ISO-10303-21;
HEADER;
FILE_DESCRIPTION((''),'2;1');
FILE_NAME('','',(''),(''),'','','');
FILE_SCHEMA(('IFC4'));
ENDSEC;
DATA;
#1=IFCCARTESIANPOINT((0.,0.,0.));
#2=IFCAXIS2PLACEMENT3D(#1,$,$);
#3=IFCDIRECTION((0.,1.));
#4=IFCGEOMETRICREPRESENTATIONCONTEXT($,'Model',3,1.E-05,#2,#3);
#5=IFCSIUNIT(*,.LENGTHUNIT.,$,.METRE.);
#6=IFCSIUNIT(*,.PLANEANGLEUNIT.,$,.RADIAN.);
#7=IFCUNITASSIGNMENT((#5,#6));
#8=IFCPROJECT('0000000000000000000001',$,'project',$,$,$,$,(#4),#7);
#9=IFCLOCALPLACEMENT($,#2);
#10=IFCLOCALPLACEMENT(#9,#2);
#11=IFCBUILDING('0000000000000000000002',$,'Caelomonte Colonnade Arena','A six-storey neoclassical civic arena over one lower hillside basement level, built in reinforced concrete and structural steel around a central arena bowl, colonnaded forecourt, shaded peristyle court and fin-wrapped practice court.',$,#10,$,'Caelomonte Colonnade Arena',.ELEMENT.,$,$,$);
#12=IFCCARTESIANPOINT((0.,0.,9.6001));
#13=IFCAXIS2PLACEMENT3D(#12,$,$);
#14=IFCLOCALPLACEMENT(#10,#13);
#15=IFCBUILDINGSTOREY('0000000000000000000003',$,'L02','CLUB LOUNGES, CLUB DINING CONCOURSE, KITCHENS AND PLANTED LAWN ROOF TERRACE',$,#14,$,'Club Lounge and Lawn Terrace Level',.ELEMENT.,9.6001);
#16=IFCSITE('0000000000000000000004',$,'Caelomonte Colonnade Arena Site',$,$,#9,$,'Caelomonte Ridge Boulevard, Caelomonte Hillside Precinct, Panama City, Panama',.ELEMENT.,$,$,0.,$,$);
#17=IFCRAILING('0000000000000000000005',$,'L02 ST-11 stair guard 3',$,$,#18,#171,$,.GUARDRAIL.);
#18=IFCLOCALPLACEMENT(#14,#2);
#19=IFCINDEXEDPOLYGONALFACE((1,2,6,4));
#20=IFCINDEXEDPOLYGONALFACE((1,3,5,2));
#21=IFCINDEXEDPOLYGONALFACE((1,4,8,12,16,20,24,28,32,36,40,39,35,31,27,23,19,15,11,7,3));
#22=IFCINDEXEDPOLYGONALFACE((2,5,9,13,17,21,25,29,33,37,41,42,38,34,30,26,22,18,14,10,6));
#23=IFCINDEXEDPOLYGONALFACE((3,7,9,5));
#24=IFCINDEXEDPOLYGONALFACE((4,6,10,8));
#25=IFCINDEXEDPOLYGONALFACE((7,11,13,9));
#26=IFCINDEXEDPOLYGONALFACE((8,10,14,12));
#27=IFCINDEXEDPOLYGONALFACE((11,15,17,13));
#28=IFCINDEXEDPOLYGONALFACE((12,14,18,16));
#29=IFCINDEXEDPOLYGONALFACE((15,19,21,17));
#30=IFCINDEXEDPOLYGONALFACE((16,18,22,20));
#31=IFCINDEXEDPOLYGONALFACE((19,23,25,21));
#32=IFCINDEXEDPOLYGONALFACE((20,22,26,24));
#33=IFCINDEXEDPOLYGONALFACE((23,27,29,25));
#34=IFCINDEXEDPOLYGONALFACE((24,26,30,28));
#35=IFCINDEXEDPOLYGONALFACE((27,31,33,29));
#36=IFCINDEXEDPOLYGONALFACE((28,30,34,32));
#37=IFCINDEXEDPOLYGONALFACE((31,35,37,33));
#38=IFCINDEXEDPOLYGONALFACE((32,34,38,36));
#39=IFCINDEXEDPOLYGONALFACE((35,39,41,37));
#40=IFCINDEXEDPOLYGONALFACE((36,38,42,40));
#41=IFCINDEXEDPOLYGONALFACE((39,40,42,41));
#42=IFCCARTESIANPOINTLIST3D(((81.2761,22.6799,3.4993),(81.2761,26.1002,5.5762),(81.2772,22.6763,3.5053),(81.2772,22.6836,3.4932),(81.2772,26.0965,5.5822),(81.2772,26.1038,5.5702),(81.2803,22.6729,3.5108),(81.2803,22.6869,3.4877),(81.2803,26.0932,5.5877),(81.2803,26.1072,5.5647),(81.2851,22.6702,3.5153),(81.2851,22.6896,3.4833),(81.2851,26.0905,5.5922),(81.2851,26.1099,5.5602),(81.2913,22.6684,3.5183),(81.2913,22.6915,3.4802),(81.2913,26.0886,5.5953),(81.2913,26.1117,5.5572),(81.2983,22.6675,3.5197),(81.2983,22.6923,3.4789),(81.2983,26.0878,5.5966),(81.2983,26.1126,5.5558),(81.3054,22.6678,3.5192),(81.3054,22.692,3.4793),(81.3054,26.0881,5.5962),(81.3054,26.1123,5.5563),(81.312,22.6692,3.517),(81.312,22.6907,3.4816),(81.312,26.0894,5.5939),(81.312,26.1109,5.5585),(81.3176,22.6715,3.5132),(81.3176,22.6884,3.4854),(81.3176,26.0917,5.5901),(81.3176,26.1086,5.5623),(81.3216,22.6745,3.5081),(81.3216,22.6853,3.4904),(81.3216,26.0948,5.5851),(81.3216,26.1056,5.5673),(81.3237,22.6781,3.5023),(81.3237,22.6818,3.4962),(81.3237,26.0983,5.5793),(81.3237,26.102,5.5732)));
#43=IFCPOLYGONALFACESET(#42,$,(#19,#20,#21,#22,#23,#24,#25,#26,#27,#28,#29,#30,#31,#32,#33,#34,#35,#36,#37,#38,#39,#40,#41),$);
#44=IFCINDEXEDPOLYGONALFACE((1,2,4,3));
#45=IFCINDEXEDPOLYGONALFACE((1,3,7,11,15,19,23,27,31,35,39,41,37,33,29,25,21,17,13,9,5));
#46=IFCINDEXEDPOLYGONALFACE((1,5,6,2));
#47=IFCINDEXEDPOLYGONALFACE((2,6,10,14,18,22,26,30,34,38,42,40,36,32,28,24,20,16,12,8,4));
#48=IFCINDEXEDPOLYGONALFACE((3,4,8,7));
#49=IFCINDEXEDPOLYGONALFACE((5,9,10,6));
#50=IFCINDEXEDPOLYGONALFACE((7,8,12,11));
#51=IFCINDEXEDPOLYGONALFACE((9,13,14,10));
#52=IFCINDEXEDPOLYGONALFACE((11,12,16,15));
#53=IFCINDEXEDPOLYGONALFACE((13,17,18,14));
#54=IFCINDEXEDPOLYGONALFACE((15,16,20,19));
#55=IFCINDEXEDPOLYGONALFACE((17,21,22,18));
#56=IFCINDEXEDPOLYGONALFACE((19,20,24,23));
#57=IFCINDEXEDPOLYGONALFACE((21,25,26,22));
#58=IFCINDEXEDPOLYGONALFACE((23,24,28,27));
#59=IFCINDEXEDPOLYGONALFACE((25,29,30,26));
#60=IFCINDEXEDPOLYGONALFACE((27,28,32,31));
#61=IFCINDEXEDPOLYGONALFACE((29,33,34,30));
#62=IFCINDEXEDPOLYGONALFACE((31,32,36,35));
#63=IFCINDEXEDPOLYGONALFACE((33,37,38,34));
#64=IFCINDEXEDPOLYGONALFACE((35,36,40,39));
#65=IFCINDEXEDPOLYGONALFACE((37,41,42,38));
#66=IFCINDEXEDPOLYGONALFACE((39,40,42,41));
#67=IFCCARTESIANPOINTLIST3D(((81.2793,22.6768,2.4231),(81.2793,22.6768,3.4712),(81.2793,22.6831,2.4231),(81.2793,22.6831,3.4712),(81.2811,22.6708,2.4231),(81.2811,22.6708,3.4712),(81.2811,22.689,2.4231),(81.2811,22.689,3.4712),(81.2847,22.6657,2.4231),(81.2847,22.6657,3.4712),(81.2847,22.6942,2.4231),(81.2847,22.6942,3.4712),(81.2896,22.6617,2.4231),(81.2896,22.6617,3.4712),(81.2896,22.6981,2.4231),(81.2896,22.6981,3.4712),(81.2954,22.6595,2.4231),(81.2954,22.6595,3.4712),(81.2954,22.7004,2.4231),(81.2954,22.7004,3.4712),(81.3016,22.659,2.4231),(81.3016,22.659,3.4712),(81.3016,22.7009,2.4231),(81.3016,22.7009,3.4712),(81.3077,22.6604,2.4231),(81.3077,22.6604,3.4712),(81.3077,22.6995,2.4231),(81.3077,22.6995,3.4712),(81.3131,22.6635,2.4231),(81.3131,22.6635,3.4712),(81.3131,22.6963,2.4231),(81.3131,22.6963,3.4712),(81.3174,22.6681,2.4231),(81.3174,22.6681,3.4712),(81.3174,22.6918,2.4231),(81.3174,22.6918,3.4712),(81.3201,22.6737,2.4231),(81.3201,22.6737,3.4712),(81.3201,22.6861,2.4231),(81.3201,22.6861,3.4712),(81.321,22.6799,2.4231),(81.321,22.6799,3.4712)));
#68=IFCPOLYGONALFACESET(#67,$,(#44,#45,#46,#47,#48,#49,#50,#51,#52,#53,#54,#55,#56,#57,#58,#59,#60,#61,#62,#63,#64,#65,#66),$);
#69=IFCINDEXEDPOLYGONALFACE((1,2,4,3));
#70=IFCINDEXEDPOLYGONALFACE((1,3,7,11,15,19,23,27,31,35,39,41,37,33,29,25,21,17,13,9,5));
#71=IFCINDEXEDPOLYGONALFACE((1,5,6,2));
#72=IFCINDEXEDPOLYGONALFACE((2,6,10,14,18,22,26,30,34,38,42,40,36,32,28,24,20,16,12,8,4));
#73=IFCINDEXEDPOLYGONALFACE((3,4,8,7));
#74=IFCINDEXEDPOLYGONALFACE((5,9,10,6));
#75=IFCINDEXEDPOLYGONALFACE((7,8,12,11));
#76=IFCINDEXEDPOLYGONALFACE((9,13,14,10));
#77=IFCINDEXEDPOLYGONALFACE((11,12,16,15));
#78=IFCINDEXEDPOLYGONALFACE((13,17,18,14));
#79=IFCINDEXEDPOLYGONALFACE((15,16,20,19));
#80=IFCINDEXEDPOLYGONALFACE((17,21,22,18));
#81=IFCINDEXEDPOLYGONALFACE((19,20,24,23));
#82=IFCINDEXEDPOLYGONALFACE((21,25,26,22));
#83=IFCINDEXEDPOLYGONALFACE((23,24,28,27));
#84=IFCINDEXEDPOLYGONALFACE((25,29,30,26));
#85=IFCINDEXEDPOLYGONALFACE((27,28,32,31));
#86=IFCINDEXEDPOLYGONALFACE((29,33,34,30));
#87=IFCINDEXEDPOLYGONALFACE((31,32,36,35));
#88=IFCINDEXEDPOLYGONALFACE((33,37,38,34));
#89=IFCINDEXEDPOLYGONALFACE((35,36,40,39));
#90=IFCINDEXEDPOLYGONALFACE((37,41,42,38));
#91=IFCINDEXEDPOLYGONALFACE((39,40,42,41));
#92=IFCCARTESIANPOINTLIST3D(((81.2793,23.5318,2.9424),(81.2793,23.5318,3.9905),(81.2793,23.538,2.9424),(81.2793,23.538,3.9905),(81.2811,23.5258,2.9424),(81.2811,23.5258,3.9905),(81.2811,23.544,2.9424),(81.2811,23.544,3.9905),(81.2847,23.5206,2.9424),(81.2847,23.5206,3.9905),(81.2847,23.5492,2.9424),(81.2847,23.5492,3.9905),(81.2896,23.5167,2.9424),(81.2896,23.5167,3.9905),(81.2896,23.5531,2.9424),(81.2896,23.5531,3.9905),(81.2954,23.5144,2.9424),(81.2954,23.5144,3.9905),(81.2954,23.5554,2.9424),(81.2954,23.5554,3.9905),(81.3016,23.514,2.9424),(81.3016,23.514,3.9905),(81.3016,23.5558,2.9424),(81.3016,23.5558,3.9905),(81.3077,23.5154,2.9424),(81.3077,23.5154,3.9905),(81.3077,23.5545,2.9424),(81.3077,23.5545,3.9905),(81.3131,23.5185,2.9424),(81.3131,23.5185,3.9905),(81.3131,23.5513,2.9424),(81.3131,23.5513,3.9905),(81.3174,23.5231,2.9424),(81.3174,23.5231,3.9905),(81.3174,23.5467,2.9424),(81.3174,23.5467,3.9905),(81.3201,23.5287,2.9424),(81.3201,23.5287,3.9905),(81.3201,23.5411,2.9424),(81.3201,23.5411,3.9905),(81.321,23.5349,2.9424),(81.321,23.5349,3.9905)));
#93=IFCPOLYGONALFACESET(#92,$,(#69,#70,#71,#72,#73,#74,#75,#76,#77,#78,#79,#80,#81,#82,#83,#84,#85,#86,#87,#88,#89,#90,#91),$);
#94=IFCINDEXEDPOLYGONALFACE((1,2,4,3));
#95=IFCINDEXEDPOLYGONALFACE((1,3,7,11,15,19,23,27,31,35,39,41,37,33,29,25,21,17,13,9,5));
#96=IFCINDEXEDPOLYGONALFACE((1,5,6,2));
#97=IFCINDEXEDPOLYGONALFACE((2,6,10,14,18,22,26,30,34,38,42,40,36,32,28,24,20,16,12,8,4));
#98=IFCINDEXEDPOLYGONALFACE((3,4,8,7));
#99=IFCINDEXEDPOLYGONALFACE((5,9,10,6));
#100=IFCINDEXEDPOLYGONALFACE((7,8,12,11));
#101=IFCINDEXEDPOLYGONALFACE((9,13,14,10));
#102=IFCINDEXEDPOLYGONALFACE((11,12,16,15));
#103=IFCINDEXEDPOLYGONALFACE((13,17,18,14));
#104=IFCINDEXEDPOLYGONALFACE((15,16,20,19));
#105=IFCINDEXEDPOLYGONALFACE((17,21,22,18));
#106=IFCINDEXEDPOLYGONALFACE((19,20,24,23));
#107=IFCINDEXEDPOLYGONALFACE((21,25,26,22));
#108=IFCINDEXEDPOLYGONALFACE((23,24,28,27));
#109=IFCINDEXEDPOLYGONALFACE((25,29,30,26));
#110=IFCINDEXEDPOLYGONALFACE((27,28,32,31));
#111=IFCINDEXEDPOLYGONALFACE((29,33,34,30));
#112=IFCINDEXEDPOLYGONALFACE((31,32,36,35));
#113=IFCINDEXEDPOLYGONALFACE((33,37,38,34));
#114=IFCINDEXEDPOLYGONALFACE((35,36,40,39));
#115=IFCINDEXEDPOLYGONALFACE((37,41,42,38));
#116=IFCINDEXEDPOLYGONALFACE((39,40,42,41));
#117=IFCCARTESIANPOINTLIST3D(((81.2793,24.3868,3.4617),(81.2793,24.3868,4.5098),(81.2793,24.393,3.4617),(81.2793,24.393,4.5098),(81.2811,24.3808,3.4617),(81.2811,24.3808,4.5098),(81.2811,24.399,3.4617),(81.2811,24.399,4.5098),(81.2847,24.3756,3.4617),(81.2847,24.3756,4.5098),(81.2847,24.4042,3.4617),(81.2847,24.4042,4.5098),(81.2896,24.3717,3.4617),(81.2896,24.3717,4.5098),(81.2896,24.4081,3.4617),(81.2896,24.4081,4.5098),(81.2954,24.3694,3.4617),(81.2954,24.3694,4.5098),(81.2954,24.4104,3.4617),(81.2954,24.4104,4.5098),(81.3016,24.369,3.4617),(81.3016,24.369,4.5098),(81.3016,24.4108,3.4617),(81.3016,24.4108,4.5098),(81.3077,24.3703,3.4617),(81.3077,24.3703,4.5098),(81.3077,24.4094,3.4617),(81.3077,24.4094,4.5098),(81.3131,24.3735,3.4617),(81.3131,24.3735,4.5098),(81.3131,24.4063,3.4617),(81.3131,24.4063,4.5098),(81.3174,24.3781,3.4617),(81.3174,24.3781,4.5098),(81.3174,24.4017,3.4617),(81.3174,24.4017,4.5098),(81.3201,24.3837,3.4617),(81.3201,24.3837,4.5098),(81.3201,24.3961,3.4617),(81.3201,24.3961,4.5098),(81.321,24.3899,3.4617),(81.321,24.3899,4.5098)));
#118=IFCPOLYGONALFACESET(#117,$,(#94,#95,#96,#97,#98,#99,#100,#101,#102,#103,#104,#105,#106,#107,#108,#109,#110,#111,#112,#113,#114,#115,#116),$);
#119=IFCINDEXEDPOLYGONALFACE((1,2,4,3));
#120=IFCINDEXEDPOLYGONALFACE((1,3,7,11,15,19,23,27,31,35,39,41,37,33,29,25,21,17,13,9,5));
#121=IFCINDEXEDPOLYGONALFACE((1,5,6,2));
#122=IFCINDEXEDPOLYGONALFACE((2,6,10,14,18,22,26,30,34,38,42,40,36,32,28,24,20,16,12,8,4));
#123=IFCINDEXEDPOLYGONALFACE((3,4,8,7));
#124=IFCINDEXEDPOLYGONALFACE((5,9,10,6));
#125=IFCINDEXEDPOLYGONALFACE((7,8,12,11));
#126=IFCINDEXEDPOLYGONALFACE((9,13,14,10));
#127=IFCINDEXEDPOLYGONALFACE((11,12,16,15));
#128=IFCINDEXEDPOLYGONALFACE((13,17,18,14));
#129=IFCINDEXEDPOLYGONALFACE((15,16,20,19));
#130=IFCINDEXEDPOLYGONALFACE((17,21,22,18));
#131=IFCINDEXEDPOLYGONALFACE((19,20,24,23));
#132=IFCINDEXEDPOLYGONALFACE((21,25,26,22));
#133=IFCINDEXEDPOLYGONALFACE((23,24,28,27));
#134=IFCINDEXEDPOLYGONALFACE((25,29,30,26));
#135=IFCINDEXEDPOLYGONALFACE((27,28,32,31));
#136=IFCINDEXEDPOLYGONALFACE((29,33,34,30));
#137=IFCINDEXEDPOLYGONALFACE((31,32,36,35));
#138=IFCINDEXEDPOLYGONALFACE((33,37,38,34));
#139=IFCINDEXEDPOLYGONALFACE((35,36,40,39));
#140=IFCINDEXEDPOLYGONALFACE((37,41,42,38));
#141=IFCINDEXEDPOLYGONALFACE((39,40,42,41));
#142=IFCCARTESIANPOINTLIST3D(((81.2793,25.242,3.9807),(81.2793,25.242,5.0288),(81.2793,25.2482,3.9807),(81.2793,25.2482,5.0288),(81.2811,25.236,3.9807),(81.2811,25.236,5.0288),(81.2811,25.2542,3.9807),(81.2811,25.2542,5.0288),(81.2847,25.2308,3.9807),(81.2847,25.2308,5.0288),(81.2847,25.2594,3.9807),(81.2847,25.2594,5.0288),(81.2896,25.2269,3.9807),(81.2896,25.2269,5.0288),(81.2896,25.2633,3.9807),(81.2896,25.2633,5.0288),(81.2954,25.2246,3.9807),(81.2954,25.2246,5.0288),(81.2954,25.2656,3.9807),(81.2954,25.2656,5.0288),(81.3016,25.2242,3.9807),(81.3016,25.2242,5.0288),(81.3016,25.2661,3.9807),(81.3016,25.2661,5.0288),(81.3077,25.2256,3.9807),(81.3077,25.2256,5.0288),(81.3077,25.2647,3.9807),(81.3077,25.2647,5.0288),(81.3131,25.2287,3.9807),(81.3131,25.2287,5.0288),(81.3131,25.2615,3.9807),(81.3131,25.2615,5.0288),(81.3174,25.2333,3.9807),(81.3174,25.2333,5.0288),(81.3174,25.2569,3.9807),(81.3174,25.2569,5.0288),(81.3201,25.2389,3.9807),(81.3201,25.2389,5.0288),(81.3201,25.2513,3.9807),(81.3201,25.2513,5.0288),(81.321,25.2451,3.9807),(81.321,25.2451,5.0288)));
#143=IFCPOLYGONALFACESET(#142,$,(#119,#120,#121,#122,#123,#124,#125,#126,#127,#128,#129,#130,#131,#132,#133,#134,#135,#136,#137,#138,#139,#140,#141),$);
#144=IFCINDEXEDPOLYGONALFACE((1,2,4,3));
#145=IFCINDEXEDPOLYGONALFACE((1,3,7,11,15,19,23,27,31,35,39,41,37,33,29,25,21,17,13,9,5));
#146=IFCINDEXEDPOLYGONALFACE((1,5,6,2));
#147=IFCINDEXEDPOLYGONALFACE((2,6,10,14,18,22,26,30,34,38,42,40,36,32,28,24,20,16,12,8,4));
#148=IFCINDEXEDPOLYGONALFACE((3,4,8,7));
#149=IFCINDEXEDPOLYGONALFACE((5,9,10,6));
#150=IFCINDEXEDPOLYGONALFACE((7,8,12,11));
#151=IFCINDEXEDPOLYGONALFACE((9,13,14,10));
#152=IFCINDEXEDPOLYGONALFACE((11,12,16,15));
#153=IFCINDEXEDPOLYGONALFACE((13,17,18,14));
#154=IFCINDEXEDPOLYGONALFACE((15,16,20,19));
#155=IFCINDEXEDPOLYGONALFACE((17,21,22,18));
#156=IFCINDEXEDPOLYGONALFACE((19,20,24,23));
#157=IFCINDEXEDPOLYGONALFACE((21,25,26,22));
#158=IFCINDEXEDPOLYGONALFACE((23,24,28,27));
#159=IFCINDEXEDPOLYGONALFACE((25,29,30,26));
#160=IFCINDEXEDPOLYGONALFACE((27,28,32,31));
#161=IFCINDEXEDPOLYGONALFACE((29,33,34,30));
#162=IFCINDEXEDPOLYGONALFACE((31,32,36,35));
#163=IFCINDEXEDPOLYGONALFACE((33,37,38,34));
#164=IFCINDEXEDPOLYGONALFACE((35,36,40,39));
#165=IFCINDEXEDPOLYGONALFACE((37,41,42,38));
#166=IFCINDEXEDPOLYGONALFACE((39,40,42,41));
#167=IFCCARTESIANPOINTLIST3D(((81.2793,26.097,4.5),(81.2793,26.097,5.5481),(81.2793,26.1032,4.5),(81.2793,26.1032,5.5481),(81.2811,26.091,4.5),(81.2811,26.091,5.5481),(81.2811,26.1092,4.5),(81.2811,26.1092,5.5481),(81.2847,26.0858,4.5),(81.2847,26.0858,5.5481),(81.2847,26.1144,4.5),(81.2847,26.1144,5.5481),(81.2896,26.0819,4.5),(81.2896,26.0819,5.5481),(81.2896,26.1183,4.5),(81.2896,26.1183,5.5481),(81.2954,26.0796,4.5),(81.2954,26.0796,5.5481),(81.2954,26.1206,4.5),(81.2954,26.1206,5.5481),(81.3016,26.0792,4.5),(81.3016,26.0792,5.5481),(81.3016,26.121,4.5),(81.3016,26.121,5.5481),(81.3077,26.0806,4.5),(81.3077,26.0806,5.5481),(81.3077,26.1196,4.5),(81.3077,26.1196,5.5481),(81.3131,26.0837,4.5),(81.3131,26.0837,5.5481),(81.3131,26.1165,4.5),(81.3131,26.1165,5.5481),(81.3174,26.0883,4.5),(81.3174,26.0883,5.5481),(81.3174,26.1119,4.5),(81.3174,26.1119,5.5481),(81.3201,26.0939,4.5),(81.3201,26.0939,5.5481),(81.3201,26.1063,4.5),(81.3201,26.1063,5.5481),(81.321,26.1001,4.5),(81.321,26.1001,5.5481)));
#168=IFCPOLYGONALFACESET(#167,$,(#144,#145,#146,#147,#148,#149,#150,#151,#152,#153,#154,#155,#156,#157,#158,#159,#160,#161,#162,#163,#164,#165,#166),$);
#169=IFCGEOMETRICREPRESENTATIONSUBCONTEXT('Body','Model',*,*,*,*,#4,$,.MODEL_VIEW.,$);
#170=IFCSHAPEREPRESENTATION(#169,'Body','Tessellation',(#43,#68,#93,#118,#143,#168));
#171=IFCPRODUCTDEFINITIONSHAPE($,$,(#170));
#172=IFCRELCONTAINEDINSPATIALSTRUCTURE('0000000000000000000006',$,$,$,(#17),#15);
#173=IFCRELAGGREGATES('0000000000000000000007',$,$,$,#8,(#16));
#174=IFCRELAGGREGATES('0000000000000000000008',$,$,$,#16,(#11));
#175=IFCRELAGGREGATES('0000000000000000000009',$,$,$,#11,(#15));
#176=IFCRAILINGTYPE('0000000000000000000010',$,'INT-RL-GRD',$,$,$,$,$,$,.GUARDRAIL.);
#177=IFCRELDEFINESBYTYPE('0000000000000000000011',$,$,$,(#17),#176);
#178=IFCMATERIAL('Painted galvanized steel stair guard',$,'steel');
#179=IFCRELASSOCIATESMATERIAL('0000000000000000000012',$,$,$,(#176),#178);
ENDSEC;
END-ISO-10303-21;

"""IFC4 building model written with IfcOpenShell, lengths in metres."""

from ifc_helpers import new_model, si_unit, direction, frame, origin, origin_2d, place, context, subcontext, project, spatial, circle, extrude, material, type_object, element, save


model = new_model("IFC4")

# Units and contexts
model_context = context("Model", 3, precision=1e-05, world=origin(), true_north=direction((0.0, 1.0)))
body_context = subcontext(model_context, "Body", "Model", "MODEL_VIEW")
ifc_project = project(units=[si_unit("LENGTHUNIT", "METRE"), si_unit("PLANEANGLEUNIT", "RADIAN")], contexts=[model_context])

# Site, building, storey
site_placement = place(None, origin())
site = spatial("IfcSite", under=ifc_project, at=site_placement, Name="Caelomonte Colonnade Arena Site", LongName="Caelomonte Ridge Boulevard, Caelomonte Hillside Precinct, Panama City, Panama", CompositionType="ELEMENT", RefElevation=0.0)
building_placement = place(site_placement, origin())
building = spatial("IfcBuilding", under=site, at=building_placement, Name="Caelomonte Colonnade Arena", Description="A six-storey neoclassical civic arena over one lower hillside basement level, built in reinforced concrete and structural steel around a central arena bowl, colonnaded forecourt, shaded peristyle court and fin-wrapped practice court.", LongName="Caelomonte Colonnade Arena", CompositionType="ELEMENT")
storey_placement = place(building_placement, frame((0.0, 0.0, 9.6001)))
storey = spatial("IfcBuildingStorey", under=building, at=storey_placement, Name="L02", Description="CLUB LOUNGES, CLUB DINING CONCOURSE, KITCHENS AND PLANTED LAWN ROOF TERRACE", LongName="Club Lounge and Lawn Terrace Level", CompositionType="ELEMENT", Elevation=9.6001)

# Railing
ifc_material_1 = material(Name="Painted galvanized steel stair guard", Category="steel")
railing_type_1 = type_object("IfcRailingType", Name="INT-RL-GRD", PredefinedType="GUARDRAIL", material=ifc_material_1)
railing_1_placement = place(storey_placement, frame((81.3, 22.6799, 2.4231)))
element("IfcRailing", 1, at=railing_1_placement, inside=storey, type_object=railing_type_1, Name="L02 ST-11 stair guard 3", PredefinedType="GUARDRAIL", context=body_context, shape_type="SweptSolid", body=[
    extrude(circle(Radius=0.0239, at=origin_2d()), frame((0.0, 0.0, 1.0762), z_axis=(0.0, 0.854746, 0.519047), x_axis=(-1.0, 0.0, 0.0)), (0.0, 0.0, 1.0), 4.0015),
    extrude(circle(Radius=0.021, at=origin_2d()), origin(), (0.0, 0.0, 1.0), 1.0481),
    extrude(circle(Radius=0.021, at=origin_2d()), frame((0.0, 0.855, 0.5193)), (0.0, 0.0, 1.0), 1.0481),
    extrude(circle(Radius=0.021, at=origin_2d()), frame((0.0, 1.71, 1.0386)), (0.0, 0.0, 1.0), 1.0481),
    extrude(circle(Radius=0.021, at=origin_2d()), frame((0.0, 2.5652, 1.5576)), (0.0, 0.0, 1.0), 1.0481),
    extrude(circle(Radius=0.021, at=origin_2d()), frame((0.0, 3.4202, 2.0769)), (0.0, 0.0, 1.0), 1.0481),
])

save(model, "model.ifc")
